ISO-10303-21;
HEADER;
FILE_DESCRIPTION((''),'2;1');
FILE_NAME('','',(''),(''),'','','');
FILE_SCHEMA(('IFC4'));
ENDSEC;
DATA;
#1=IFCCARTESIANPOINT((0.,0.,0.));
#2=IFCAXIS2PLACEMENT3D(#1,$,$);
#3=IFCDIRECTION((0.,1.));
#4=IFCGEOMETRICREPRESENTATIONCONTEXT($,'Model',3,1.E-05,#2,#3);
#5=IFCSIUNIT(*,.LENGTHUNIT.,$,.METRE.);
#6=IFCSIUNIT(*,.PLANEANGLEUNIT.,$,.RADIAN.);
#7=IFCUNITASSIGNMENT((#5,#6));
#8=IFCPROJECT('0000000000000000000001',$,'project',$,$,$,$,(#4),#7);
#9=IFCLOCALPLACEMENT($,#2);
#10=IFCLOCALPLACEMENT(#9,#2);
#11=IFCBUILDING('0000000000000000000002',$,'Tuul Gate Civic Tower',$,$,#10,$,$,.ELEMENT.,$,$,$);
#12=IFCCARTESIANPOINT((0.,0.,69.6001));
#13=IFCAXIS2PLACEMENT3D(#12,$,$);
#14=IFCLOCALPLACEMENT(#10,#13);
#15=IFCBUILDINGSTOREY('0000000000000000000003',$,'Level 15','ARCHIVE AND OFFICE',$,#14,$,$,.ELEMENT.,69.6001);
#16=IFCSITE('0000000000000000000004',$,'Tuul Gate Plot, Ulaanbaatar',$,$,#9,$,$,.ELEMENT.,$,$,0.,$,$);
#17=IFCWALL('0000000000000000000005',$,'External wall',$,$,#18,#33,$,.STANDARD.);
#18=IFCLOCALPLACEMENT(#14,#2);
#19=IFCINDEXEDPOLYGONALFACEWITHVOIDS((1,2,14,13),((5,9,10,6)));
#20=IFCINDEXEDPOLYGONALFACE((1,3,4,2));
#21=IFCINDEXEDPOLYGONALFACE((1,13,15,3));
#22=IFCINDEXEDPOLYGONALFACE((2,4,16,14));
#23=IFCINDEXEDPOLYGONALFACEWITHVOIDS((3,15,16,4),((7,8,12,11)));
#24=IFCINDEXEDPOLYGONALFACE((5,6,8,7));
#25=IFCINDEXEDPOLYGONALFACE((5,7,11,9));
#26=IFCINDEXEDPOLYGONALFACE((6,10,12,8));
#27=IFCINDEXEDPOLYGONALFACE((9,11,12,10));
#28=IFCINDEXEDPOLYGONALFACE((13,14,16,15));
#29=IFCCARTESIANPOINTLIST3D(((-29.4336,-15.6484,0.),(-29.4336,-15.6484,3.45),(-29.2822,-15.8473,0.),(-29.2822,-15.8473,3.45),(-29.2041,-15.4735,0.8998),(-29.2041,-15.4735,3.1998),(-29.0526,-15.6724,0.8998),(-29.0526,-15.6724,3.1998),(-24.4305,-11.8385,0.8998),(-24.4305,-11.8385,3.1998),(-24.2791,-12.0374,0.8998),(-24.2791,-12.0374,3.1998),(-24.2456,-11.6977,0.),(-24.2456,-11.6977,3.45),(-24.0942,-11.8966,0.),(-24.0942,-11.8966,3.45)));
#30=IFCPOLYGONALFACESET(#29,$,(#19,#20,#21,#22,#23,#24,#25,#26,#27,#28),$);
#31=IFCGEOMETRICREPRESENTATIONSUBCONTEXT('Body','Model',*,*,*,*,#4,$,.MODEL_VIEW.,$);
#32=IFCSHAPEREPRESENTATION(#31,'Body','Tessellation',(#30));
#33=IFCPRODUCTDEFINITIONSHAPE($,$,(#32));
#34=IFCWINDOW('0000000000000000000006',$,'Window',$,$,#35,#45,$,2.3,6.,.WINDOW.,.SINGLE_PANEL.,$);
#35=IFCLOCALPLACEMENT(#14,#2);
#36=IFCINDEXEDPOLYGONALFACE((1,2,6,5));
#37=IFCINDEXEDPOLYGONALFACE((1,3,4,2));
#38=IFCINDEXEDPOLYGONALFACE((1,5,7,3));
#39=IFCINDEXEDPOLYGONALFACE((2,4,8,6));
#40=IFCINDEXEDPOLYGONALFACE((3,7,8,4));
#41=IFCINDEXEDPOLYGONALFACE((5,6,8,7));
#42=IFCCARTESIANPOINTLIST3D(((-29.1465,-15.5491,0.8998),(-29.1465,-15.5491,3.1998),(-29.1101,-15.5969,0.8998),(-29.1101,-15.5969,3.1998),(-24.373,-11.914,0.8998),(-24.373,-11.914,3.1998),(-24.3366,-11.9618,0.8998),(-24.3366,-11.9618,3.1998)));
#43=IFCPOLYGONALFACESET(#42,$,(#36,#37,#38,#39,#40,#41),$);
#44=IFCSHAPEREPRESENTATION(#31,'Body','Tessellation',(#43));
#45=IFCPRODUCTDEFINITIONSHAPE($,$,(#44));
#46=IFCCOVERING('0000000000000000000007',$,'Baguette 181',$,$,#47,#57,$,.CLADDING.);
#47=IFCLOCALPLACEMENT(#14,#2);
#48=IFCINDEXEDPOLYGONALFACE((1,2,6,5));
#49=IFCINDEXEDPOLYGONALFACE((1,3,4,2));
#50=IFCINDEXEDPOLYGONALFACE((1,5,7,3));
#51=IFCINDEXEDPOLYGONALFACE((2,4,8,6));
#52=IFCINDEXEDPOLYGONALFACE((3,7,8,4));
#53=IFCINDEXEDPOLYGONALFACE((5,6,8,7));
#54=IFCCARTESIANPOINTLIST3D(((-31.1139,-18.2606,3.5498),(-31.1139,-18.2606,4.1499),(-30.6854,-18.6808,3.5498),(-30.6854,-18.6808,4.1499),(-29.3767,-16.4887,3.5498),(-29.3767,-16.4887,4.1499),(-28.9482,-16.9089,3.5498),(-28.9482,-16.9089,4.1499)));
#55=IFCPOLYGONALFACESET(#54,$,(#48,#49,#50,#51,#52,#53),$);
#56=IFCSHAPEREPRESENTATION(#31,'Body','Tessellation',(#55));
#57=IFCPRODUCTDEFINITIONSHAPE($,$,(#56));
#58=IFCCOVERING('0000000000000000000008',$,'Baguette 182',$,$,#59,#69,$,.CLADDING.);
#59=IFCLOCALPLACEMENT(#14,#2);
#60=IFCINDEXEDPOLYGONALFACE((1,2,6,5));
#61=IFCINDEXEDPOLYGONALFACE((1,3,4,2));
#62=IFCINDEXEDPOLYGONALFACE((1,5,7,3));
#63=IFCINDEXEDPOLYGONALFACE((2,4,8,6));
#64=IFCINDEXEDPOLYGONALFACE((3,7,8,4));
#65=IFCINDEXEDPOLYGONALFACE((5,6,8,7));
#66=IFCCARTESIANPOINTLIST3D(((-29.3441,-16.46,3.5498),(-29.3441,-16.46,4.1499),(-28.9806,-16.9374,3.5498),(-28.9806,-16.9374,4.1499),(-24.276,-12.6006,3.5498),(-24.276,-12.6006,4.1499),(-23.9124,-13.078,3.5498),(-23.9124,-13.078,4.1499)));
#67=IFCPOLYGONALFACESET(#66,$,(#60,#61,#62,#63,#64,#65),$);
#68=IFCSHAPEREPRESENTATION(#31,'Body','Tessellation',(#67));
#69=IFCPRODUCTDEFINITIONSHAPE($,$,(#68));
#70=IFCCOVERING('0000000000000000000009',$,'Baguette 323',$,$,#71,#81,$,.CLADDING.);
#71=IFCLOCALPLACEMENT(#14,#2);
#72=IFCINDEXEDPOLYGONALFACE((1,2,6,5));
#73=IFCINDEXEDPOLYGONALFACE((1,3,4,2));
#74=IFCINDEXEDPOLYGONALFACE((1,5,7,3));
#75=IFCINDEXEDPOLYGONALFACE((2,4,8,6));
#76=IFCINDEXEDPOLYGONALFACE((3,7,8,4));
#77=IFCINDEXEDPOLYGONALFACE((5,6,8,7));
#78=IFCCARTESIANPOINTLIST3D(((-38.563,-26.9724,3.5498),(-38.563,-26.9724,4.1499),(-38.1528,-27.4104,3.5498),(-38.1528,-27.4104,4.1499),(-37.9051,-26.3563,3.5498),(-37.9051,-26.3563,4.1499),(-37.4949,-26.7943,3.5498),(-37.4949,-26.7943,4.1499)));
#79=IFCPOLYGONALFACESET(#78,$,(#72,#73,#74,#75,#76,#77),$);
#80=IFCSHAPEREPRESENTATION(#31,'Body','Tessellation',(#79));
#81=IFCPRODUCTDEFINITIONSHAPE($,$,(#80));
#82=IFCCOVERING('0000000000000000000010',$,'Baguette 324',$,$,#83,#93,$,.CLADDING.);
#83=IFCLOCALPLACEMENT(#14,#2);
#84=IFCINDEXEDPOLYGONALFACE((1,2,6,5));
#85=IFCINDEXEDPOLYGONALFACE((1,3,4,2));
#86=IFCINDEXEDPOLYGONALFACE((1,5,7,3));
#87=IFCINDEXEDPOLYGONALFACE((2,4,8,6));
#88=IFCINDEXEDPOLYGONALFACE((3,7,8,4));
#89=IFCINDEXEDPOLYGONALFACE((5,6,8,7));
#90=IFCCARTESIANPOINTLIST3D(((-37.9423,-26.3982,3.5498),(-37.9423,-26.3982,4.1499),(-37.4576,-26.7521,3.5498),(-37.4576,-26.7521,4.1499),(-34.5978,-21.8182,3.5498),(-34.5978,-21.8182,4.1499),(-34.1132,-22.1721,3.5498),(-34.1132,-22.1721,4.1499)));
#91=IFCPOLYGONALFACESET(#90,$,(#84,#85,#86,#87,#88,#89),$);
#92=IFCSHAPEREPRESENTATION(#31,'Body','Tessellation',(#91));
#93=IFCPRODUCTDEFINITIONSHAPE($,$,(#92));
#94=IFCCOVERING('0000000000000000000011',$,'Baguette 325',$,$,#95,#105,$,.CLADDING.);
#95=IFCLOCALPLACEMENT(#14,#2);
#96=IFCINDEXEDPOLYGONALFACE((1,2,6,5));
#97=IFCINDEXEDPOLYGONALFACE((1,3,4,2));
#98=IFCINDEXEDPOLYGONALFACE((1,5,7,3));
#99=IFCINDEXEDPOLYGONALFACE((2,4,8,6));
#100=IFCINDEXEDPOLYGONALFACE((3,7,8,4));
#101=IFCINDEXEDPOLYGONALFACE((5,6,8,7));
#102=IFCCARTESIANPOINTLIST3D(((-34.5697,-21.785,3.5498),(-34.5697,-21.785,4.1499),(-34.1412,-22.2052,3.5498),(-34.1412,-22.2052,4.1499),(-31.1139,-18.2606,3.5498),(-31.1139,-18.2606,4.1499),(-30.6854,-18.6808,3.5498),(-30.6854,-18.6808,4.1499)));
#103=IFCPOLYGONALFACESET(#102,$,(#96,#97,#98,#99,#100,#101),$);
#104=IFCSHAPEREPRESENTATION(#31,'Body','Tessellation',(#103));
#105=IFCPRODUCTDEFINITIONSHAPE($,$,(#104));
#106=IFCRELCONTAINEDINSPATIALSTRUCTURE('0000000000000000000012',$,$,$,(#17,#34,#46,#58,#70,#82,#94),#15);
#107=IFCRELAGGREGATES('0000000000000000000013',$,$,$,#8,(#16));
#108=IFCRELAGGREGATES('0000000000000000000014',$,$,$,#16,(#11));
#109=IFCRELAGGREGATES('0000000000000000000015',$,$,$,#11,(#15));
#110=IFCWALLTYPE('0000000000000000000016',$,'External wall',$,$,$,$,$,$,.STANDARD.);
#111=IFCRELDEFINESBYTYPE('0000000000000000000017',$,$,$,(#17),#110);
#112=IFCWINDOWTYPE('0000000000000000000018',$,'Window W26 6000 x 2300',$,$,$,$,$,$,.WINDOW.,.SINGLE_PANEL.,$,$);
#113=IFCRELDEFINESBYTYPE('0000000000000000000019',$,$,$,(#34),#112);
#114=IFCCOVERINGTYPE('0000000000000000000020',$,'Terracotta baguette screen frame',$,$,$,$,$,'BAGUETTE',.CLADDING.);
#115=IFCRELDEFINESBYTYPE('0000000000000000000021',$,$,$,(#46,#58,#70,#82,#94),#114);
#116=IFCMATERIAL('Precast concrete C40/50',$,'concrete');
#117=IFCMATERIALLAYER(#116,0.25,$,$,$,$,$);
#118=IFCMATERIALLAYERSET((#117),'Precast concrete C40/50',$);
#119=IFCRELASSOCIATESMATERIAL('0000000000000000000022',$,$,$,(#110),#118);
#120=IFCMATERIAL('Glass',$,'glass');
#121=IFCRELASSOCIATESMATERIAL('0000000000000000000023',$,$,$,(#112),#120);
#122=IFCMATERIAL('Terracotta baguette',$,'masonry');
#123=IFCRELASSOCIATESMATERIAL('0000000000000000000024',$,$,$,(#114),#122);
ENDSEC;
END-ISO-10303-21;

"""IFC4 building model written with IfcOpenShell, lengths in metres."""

from ifc_helpers import new_model, si_unit, direction, frame, frame_2d, origin, origin_2d, place, context, subcontext, project, spatial, rectangle, extrude, material, layer, layer_set, material_profile, profile_set, type_object, element, fill, save


model = new_model("IFC4")

# Units and contexts
model_context = context("Model", 3, precision=1e-05, world=origin(), true_north=direction((0.0, 1.0)))
body_context = subcontext(model_context, "Body", "Model", "MODEL_VIEW")
ifc_project = project(units=[si_unit("LENGTHUNIT", "METRE"), si_unit("PLANEANGLEUNIT", "RADIAN")], contexts=[model_context])

# Site, building, storey
site_placement = place(None, origin())
site = spatial("IfcSite", under=ifc_project, at=site_placement, Name="Tuul Gate Plot, Ulaanbaatar", CompositionType="ELEMENT", RefElevation=0.0)
building_placement = place(site_placement, origin())
building = spatial("IfcBuilding", under=site, at=building_placement, Name="Tuul Gate Civic Tower", CompositionType="ELEMENT")
storey_placement = place(building_placement, frame((0.0, 0.0, 69.6001)))
storey = spatial("IfcBuildingStorey", under=building, at=storey_placement, Name="Level 15", Description="ARCHIVE AND OFFICE", CompositionType="ELEMENT", Elevation=69.6001)

# Wall, opening, window
ifc_material_1 = material(Name="Precast concrete C40/50", Category="concrete")
ifc_layer_1 = layer(ifc_material_1, 0.25)
ifc_layer_set_1 = layer_set([ifc_layer_1], Name="Precast concrete C40/50")
wall_type_1 = type_object("IfcWallType", Name="External wall", PredefinedType="STANDARD", material=ifc_layer_set_1)
ifc_material_2 = material(Name="Glass", Category="glass")
window_type = type_object("IfcWindowType", Name="Window W26 6000 x 2300", PartitioningType="SINGLE_PANEL", PredefinedType="WINDOW", material=ifc_material_2)
wall_1_placement = place(storey_placement, frame((-29.3579, -15.7478, 0.0), z_axis=(0.0, 0.0, 1.0), x_axis=(0.795585, 0.605842, 0.0)))
wall_1 = element("IfcWall", 1, at=wall_1_placement, inside=storey, type_object=wall_type_1, Name="External wall", PredefinedType="STANDARD", context=body_context, shape_type="SweptSolid", body=[
    extrude(rectangle(XDim=6.521, YDim=0.25, at=frame_2d((3.2605, 0.0))), origin(), (0.0, 0.0, 1.0), 3.45),
])
opening_1_placement = place(wall_1_placement, frame((0.2886, 0.0, 0.8999)))
opening_1 = element("IfcOpeningElement", 2, at=opening_1_placement, cuts=wall_1, PredefinedType="OPENING", context=body_context, shape_type="SweptSolid", body=[
    extrude(rectangle(XDim=6.0, YDim=2.3, at=frame_2d((3.0, 1.1499))), frame((0.0, 0.135, 0.0), z_axis=(0.0, -1.0, 0.0), x_axis=(1.0, 0.0, 0.0)), (0.0, 0.0, 1.0), 0.27),
])
window_1_placement = place(opening_1_placement, origin())
window_1 = element("IfcWindow", 3, at=window_1_placement, inside=storey, type_object=window_type, Name="Window", OverallHeight=2.3, OverallWidth=6.0, PartitioningType="SINGLE_PANEL", PredefinedType="WINDOW", context=body_context, shape_type="SweptSolid", body=[
    extrude(rectangle(XDim=6.0, YDim=2.3, at=frame_2d((3.0, 1.1499))), frame((0.0, 0.03, 0.0), z_axis=(0.0, -1.0, 0.0), x_axis=(1.0, 0.0, 0.0)), (0.0, 0.0, 1.0), 0.0601),
])
fill(opening_1, window_1)

# Coverings
ifc_material_3 = material(Name="Terracotta baguette", Category="masonry")
ifc_material_profile_1 = material_profile(ifc_material_3, rectangle(XDim=0.6001, YDim=0.6001, at=origin_2d()), Name="Terracotta baguette screen frame")
ifc_profile_set_1 = profile_set([ifc_material_profile_1], Name="Terracotta baguette")
covering_type = type_object("IfcCoveringType", Name="Terracotta baguette screen frame", ElementType="BAGUETTE", PredefinedType="CLADDING", material=ifc_profile_set_1)
covering_1_placement = place(storey_placement, frame((-30.8997, -18.4707, 3.8499), z_axis=(0.700087, 0.714057, 0.0), x_axis=(-0.714057, 0.700087, 0.0)))
element("IfcCovering", 4, at=covering_1_placement, inside=storey, type_object=covering_type, Name="Baguette 181", PredefinedType="CLADDING", context=body_context, shape_type="SweptSolid", body=[
    extrude(rectangle(XDim=0.6001, YDim=0.6001, at=origin_2d()), origin(), (0.0, 0.0, 1.0), 2.4814),
])
covering_2_placement = place(storey_placement, frame((-29.1624, -16.6987, 3.8499), z_axis=(0.795587, 0.60584, 0.0), x_axis=(-0.60584, 0.795587, 0.0)))
element("IfcCovering", 5, at=covering_2_placement, inside=storey, type_object=covering_type, Name="Baguette 182", PredefinedType="CLADDING", context=body_context, shape_type="SweptSolid", body=[
    extrude(rectangle(XDim=0.6001, YDim=0.6001, at=origin_2d()), origin(), (0.0, 0.0, 1.0), 6.3704),
])
covering_3_placement = place(storey_placement, frame((-38.3579, -27.1914, 3.8499), z_axis=(0.729883, 0.683572, 0.0), x_axis=(-0.683572, 0.729883, 0.0)))
element("IfcCovering", 6, at=covering_3_placement, inside=storey, type_object=covering_type, Name="Baguette 323", PredefinedType="CLADDING", context=body_context, shape_type="SweptSolid", body=[
    extrude(rectangle(XDim=0.6001, YDim=0.6001, at=origin_2d()), origin(), (0.0, 0.0, 1.0), 0.9014),
])
covering_4_placement = place(storey_placement, frame((-37.7, -26.5752, 3.8499), z_axis=(0.589729, 0.807601, 0.0), x_axis=(-0.807601, 0.589729, 0.0)))
element("IfcCovering", 7, at=covering_4_placement, inside=storey, type_object=covering_type, Name="Baguette 324", PredefinedType="CLADDING", context=body_context, shape_type="SweptSolid", body=[
    extrude(rectangle(XDim=0.6001, YDim=0.6001, at=origin_2d()), origin(), (0.0, 0.0, 1.0), 5.6711),
])
covering_5_placement = place(storey_placement, frame((-34.3555, -21.9951, 3.8499), z_axis=(0.700123, 0.714022, 0.0), x_axis=(-0.714022, 0.700123, 0.0)))
element("IfcCovering", 8, at=covering_5_placement, inside=storey, type_object=covering_type, Name="Baguette 325", PredefinedType="CLADDING", context=body_context, shape_type="SweptSolid", body=[
    extrude(rectangle(XDim=0.6001, YDim=0.6001, at=origin_2d()), origin(), (0.0, 0.0, 1.0), 4.936),
])

save(model, "model.ifc")
